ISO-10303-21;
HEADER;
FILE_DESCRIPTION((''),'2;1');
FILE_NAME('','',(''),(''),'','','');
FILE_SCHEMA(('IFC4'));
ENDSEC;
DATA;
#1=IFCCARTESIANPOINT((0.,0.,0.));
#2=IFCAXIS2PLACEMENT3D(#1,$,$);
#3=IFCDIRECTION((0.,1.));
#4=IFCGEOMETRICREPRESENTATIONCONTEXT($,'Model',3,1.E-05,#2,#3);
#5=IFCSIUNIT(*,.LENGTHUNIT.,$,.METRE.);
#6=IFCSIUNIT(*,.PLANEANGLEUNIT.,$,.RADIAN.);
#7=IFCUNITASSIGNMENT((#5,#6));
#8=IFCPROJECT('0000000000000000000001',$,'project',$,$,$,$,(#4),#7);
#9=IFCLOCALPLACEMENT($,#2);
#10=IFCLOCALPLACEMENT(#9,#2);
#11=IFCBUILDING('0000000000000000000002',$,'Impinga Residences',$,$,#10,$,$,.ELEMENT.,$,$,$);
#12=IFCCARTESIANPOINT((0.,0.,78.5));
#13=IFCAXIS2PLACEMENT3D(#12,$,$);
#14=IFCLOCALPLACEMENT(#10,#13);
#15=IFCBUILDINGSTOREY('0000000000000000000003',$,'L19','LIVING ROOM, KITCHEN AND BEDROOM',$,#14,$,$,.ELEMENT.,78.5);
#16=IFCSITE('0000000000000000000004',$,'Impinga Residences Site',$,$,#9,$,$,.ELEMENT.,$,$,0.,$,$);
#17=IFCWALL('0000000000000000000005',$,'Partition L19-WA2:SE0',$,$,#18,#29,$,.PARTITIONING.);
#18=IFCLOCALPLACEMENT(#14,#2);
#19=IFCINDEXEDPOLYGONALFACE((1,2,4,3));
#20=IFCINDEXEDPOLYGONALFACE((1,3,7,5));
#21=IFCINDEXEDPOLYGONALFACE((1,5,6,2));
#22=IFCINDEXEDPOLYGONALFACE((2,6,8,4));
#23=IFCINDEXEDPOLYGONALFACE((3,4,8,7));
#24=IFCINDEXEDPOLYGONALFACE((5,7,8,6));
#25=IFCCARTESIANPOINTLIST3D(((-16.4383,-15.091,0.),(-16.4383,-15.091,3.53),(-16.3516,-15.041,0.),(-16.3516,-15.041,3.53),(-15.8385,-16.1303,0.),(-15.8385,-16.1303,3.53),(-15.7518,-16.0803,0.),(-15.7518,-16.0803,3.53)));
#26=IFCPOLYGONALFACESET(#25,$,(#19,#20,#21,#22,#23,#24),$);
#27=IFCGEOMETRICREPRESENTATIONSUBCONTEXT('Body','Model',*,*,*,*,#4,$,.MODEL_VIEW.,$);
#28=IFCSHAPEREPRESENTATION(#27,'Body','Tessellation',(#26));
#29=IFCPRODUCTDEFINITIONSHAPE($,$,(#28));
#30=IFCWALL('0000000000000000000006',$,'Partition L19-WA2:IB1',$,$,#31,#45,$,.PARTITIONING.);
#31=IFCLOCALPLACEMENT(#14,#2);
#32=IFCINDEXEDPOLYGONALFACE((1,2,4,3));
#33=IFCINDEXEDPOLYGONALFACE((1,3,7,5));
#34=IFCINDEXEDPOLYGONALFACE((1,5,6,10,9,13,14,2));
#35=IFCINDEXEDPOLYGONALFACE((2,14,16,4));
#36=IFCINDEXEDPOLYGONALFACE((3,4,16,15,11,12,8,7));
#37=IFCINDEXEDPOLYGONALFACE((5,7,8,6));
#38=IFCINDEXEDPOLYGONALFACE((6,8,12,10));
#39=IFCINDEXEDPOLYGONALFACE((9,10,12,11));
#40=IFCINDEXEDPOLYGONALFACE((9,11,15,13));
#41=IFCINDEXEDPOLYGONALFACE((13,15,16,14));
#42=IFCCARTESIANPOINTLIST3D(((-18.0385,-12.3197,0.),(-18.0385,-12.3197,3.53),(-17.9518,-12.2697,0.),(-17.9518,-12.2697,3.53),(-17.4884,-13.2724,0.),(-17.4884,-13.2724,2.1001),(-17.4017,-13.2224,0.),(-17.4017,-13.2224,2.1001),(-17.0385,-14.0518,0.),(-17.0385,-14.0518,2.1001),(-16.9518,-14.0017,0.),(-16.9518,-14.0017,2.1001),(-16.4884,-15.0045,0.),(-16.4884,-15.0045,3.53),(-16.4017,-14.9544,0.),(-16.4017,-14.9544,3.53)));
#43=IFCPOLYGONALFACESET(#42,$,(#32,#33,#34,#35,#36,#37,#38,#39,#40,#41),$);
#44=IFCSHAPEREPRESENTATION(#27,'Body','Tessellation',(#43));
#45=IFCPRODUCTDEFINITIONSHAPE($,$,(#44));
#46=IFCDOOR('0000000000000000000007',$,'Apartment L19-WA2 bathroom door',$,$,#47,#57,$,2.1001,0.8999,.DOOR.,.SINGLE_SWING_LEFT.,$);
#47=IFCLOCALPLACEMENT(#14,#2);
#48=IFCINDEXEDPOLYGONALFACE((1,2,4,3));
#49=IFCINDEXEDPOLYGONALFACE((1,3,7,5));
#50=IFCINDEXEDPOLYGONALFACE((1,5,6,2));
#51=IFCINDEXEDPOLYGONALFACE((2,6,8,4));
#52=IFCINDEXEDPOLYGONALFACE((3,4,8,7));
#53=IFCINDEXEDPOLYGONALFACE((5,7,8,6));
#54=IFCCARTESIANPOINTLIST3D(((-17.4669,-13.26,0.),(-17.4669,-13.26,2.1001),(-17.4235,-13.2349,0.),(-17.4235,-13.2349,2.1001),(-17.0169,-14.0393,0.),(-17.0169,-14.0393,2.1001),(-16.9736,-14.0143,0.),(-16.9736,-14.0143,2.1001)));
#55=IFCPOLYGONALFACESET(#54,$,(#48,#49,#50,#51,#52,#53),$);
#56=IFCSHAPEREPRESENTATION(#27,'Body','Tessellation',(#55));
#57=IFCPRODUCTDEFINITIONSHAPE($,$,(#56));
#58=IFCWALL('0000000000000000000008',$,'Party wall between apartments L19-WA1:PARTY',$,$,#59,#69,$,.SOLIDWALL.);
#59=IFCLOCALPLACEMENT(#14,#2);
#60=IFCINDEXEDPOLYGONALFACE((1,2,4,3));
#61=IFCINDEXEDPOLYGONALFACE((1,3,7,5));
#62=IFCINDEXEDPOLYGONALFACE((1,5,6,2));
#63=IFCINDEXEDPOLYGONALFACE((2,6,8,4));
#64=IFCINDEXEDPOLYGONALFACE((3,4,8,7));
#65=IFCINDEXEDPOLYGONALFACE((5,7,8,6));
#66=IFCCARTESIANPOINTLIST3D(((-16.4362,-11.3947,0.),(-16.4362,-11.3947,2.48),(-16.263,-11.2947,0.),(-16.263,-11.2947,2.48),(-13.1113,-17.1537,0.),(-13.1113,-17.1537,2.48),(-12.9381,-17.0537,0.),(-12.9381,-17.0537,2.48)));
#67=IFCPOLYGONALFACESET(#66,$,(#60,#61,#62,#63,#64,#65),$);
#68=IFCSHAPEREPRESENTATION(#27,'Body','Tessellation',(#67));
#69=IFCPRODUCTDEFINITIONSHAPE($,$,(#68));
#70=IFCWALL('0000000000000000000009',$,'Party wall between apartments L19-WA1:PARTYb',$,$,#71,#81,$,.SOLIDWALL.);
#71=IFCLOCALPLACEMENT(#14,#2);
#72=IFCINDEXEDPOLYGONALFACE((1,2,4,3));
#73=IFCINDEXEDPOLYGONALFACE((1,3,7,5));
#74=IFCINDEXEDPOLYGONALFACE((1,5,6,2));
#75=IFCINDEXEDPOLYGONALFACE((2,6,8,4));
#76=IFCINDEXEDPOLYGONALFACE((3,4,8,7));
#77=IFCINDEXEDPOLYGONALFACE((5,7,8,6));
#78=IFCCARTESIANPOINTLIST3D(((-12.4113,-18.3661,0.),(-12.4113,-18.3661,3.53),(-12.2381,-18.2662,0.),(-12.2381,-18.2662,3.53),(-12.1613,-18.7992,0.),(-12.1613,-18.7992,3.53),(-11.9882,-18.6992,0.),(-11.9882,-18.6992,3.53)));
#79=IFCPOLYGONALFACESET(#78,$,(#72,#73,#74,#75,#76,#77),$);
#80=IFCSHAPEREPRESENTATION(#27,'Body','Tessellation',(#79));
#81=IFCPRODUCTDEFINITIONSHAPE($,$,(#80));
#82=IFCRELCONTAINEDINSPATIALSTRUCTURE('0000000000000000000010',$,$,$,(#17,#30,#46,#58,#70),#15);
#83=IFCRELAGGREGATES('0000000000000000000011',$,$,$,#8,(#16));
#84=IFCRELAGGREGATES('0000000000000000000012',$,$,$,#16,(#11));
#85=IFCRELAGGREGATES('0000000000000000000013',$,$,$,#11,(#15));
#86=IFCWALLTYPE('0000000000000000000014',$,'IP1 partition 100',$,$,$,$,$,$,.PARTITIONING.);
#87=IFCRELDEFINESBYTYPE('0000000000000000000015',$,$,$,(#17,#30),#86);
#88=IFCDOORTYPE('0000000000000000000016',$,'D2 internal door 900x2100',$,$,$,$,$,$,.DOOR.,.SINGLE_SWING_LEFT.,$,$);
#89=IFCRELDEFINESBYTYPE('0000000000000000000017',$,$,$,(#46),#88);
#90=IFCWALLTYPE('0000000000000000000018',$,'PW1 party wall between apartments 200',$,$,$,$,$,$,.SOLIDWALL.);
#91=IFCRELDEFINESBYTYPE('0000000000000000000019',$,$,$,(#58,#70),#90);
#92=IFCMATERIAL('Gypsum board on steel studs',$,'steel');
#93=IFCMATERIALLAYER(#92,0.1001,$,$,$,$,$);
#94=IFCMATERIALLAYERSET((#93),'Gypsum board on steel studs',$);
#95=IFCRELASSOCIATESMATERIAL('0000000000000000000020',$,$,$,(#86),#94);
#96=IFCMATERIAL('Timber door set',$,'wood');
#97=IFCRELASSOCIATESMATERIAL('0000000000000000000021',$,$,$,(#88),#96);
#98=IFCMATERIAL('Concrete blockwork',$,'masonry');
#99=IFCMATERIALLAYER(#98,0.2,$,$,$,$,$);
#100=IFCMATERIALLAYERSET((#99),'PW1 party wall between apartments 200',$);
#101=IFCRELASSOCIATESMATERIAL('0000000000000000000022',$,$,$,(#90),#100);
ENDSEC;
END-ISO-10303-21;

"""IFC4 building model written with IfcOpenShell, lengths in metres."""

from ifc_helpers import new_model, si_unit, direction, frame, frame_2d, origin, place, context, subcontext, project, spatial, rectangle, extrude, material, layer, layer_set, type_object, element, fill, save


model = new_model("IFC4")

# Units and contexts
model_context = context("Model", 3, precision=1e-05, world=origin(), true_north=direction((0.0, 1.0)))
body_context = subcontext(model_context, "Body", "Model", "MODEL_VIEW")
ifc_project = project(units=[si_unit("LENGTHUNIT", "METRE"), si_unit("PLANEANGLEUNIT", "RADIAN")], contexts=[model_context])

# Site, building, storey
site_placement = place(None, origin())
site = spatial("IfcSite", under=ifc_project, at=site_placement, Name="Impinga Residences Site", CompositionType="ELEMENT", RefElevation=0.0)
building_placement = place(site_placement, origin())
building = spatial("IfcBuilding", under=site, at=building_placement, Name="Impinga Residences", CompositionType="ELEMENT")
storey_placement = place(building_placement, frame((0.0, 0.0, 78.5)))
storey = spatial("IfcBuildingStorey", under=building, at=storey_placement, Name="L19", Description="LIVING ROOM, KITCHEN AND BEDROOM", CompositionType="ELEMENT", Elevation=78.5)

# Shared definitions
ifc_material_1 = material(Name="Gypsum board on steel studs", Category="steel")
ifc_layer_1 = layer(ifc_material_1, 0.1001)
ifc_layer_set_1 = layer_set([ifc_layer_1], Name="Gypsum board on steel studs")
wall_type_1 = type_object("IfcWallType", Name="IP1 partition 100", PredefinedType="PARTITIONING", material=ifc_layer_set_1)

# Shared definitions
ifc_material_2 = material(Name="Timber door set", Category="wood")
door_type = type_object("IfcDoorType", Name="D2 internal door 900x2100", OperationType="SINGLE_SWING_LEFT", PredefinedType="DOOR", material=ifc_material_2)

# Wall
wall_1_placement = place(storey_placement, frame((-16.395, -15.0659, 0.0), z_axis=(0.0, 0.0, 1.0), x_axis=(0.499881, -0.866094, 0.0)))
element("IfcWall", 1, at=wall_1_placement, inside=storey, type_object=wall_type_1, Name="Partition L19-WA2:SE0", PredefinedType="PARTITIONING", context=body_context, shape_type="SweptSolid", body=[
    extrude(rectangle(XDim=1.2, YDim=0.1001, at=frame_2d((0.6001, 0.0))), origin(), (0.0, 0.0, 1.0), 3.53),
])

# Wall, opening, door
wall_2_placement = place(storey_placement, frame((-17.9951, -12.2947, 0.0), z_axis=(0.0, 0.0, 1.0), x_axis=(0.499993, -0.86603, 0.0)))
wall_2 = element("IfcWall", 2, at=wall_2_placement, inside=storey, type_object=wall_type_1, Name="Partition L19-WA2:IB1", PredefinedType="PARTITIONING", context=body_context, shape_type="SweptSolid", body=[
    extrude(rectangle(XDim=3.1001, YDim=0.1001, at=frame_2d((1.55, 0.0))), origin(), (0.0, 0.0, 1.0), 3.53),
])
opening_1_placement = place(wall_2_placement, frame((1.1001, 0.0, 0.0)))
opening_1 = element("IfcOpeningElement", 3, at=opening_1_placement, cuts=wall_2, PredefinedType="OPENING", context=body_context, shape_type="SweptSolid", body=[
    extrude(rectangle(XDim=0.8999, YDim=2.1001, at=frame_2d((0.45, 1.05))), frame((0.0, 0.0601, 0.0), z_axis=(0.0, -1.0, 0.0), x_axis=(1.0, 0.0, 0.0)), (0.0, 0.0, 1.0), 0.1201),
])
door_1_placement = place(opening_1_placement, origin())
door_1 = element("IfcDoor", 4, at=door_1_placement, inside=storey, type_object=door_type, Name="Apartment L19-WA2 bathroom door", OperationType="SINGLE_SWING_LEFT", OverallHeight=2.1001, OverallWidth=0.8999, PredefinedType="DOOR", context=body_context, shape_type="SweptSolid", body=[
    extrude(rectangle(XDim=0.8999, YDim=2.1001, at=frame_2d((0.45, 1.05))), frame((0.0, 0.0249, 0.0), z_axis=(0.0, -1.0, 0.0), x_axis=(1.0, 0.0, 0.0)), (0.0, 0.0, 1.0), 0.05),
])
fill(opening_1, door_1)

# Walls
ifc_material_3 = material(Name="Concrete blockwork", Category="masonry")
ifc_layer_2 = layer(ifc_material_3, 0.2)
ifc_layer_set_2 = layer_set([ifc_layer_2], Name="PW1 party wall between apartments 200")
wall_type_2 = type_object("IfcWallType", Name="PW1 party wall between apartments 200", PredefinedType="SOLIDWALL", material=ifc_layer_set_2)
wall_3_placement = place(storey_placement, frame((-16.3496, -11.3447, 0.0), z_axis=(0.0, 0.0, 1.0), x_axis=(0.499997, -0.866027, 0.0)))
element("IfcWall", 5, at=wall_3_placement, inside=storey, type_object=wall_type_2, Name="Party wall between apartments L19-WA1:PARTY", PredefinedType="SOLIDWALL", context=body_context, shape_type="SweptSolid", body=[
    extrude(rectangle(XDim=6.6499, YDim=0.2, at=frame_2d((3.325, 0.0))), origin(), (0.0, 0.0, 1.0), 2.48),
])
wall_4_placement = place(storey_placement, frame((-12.3247, -18.3162, 0.0), z_axis=(0.0, 0.0, 1.0), x_axis=(0.49992, -0.866072, 0.0)))
element("IfcWall", 6, at=wall_4_placement, inside=storey, type_object=wall_type_2, Name="Party wall between apartments L19-WA1:PARTYb", PredefinedType="SOLIDWALL", context=body_context, shape_type="SweptSolid", body=[
    extrude(rectangle(XDim=0.5, YDim=0.2, at=frame_2d((0.25, 0.0))), origin(), (0.0, 0.0, 1.0), 3.53),
])

save(model, "model.ifc")
